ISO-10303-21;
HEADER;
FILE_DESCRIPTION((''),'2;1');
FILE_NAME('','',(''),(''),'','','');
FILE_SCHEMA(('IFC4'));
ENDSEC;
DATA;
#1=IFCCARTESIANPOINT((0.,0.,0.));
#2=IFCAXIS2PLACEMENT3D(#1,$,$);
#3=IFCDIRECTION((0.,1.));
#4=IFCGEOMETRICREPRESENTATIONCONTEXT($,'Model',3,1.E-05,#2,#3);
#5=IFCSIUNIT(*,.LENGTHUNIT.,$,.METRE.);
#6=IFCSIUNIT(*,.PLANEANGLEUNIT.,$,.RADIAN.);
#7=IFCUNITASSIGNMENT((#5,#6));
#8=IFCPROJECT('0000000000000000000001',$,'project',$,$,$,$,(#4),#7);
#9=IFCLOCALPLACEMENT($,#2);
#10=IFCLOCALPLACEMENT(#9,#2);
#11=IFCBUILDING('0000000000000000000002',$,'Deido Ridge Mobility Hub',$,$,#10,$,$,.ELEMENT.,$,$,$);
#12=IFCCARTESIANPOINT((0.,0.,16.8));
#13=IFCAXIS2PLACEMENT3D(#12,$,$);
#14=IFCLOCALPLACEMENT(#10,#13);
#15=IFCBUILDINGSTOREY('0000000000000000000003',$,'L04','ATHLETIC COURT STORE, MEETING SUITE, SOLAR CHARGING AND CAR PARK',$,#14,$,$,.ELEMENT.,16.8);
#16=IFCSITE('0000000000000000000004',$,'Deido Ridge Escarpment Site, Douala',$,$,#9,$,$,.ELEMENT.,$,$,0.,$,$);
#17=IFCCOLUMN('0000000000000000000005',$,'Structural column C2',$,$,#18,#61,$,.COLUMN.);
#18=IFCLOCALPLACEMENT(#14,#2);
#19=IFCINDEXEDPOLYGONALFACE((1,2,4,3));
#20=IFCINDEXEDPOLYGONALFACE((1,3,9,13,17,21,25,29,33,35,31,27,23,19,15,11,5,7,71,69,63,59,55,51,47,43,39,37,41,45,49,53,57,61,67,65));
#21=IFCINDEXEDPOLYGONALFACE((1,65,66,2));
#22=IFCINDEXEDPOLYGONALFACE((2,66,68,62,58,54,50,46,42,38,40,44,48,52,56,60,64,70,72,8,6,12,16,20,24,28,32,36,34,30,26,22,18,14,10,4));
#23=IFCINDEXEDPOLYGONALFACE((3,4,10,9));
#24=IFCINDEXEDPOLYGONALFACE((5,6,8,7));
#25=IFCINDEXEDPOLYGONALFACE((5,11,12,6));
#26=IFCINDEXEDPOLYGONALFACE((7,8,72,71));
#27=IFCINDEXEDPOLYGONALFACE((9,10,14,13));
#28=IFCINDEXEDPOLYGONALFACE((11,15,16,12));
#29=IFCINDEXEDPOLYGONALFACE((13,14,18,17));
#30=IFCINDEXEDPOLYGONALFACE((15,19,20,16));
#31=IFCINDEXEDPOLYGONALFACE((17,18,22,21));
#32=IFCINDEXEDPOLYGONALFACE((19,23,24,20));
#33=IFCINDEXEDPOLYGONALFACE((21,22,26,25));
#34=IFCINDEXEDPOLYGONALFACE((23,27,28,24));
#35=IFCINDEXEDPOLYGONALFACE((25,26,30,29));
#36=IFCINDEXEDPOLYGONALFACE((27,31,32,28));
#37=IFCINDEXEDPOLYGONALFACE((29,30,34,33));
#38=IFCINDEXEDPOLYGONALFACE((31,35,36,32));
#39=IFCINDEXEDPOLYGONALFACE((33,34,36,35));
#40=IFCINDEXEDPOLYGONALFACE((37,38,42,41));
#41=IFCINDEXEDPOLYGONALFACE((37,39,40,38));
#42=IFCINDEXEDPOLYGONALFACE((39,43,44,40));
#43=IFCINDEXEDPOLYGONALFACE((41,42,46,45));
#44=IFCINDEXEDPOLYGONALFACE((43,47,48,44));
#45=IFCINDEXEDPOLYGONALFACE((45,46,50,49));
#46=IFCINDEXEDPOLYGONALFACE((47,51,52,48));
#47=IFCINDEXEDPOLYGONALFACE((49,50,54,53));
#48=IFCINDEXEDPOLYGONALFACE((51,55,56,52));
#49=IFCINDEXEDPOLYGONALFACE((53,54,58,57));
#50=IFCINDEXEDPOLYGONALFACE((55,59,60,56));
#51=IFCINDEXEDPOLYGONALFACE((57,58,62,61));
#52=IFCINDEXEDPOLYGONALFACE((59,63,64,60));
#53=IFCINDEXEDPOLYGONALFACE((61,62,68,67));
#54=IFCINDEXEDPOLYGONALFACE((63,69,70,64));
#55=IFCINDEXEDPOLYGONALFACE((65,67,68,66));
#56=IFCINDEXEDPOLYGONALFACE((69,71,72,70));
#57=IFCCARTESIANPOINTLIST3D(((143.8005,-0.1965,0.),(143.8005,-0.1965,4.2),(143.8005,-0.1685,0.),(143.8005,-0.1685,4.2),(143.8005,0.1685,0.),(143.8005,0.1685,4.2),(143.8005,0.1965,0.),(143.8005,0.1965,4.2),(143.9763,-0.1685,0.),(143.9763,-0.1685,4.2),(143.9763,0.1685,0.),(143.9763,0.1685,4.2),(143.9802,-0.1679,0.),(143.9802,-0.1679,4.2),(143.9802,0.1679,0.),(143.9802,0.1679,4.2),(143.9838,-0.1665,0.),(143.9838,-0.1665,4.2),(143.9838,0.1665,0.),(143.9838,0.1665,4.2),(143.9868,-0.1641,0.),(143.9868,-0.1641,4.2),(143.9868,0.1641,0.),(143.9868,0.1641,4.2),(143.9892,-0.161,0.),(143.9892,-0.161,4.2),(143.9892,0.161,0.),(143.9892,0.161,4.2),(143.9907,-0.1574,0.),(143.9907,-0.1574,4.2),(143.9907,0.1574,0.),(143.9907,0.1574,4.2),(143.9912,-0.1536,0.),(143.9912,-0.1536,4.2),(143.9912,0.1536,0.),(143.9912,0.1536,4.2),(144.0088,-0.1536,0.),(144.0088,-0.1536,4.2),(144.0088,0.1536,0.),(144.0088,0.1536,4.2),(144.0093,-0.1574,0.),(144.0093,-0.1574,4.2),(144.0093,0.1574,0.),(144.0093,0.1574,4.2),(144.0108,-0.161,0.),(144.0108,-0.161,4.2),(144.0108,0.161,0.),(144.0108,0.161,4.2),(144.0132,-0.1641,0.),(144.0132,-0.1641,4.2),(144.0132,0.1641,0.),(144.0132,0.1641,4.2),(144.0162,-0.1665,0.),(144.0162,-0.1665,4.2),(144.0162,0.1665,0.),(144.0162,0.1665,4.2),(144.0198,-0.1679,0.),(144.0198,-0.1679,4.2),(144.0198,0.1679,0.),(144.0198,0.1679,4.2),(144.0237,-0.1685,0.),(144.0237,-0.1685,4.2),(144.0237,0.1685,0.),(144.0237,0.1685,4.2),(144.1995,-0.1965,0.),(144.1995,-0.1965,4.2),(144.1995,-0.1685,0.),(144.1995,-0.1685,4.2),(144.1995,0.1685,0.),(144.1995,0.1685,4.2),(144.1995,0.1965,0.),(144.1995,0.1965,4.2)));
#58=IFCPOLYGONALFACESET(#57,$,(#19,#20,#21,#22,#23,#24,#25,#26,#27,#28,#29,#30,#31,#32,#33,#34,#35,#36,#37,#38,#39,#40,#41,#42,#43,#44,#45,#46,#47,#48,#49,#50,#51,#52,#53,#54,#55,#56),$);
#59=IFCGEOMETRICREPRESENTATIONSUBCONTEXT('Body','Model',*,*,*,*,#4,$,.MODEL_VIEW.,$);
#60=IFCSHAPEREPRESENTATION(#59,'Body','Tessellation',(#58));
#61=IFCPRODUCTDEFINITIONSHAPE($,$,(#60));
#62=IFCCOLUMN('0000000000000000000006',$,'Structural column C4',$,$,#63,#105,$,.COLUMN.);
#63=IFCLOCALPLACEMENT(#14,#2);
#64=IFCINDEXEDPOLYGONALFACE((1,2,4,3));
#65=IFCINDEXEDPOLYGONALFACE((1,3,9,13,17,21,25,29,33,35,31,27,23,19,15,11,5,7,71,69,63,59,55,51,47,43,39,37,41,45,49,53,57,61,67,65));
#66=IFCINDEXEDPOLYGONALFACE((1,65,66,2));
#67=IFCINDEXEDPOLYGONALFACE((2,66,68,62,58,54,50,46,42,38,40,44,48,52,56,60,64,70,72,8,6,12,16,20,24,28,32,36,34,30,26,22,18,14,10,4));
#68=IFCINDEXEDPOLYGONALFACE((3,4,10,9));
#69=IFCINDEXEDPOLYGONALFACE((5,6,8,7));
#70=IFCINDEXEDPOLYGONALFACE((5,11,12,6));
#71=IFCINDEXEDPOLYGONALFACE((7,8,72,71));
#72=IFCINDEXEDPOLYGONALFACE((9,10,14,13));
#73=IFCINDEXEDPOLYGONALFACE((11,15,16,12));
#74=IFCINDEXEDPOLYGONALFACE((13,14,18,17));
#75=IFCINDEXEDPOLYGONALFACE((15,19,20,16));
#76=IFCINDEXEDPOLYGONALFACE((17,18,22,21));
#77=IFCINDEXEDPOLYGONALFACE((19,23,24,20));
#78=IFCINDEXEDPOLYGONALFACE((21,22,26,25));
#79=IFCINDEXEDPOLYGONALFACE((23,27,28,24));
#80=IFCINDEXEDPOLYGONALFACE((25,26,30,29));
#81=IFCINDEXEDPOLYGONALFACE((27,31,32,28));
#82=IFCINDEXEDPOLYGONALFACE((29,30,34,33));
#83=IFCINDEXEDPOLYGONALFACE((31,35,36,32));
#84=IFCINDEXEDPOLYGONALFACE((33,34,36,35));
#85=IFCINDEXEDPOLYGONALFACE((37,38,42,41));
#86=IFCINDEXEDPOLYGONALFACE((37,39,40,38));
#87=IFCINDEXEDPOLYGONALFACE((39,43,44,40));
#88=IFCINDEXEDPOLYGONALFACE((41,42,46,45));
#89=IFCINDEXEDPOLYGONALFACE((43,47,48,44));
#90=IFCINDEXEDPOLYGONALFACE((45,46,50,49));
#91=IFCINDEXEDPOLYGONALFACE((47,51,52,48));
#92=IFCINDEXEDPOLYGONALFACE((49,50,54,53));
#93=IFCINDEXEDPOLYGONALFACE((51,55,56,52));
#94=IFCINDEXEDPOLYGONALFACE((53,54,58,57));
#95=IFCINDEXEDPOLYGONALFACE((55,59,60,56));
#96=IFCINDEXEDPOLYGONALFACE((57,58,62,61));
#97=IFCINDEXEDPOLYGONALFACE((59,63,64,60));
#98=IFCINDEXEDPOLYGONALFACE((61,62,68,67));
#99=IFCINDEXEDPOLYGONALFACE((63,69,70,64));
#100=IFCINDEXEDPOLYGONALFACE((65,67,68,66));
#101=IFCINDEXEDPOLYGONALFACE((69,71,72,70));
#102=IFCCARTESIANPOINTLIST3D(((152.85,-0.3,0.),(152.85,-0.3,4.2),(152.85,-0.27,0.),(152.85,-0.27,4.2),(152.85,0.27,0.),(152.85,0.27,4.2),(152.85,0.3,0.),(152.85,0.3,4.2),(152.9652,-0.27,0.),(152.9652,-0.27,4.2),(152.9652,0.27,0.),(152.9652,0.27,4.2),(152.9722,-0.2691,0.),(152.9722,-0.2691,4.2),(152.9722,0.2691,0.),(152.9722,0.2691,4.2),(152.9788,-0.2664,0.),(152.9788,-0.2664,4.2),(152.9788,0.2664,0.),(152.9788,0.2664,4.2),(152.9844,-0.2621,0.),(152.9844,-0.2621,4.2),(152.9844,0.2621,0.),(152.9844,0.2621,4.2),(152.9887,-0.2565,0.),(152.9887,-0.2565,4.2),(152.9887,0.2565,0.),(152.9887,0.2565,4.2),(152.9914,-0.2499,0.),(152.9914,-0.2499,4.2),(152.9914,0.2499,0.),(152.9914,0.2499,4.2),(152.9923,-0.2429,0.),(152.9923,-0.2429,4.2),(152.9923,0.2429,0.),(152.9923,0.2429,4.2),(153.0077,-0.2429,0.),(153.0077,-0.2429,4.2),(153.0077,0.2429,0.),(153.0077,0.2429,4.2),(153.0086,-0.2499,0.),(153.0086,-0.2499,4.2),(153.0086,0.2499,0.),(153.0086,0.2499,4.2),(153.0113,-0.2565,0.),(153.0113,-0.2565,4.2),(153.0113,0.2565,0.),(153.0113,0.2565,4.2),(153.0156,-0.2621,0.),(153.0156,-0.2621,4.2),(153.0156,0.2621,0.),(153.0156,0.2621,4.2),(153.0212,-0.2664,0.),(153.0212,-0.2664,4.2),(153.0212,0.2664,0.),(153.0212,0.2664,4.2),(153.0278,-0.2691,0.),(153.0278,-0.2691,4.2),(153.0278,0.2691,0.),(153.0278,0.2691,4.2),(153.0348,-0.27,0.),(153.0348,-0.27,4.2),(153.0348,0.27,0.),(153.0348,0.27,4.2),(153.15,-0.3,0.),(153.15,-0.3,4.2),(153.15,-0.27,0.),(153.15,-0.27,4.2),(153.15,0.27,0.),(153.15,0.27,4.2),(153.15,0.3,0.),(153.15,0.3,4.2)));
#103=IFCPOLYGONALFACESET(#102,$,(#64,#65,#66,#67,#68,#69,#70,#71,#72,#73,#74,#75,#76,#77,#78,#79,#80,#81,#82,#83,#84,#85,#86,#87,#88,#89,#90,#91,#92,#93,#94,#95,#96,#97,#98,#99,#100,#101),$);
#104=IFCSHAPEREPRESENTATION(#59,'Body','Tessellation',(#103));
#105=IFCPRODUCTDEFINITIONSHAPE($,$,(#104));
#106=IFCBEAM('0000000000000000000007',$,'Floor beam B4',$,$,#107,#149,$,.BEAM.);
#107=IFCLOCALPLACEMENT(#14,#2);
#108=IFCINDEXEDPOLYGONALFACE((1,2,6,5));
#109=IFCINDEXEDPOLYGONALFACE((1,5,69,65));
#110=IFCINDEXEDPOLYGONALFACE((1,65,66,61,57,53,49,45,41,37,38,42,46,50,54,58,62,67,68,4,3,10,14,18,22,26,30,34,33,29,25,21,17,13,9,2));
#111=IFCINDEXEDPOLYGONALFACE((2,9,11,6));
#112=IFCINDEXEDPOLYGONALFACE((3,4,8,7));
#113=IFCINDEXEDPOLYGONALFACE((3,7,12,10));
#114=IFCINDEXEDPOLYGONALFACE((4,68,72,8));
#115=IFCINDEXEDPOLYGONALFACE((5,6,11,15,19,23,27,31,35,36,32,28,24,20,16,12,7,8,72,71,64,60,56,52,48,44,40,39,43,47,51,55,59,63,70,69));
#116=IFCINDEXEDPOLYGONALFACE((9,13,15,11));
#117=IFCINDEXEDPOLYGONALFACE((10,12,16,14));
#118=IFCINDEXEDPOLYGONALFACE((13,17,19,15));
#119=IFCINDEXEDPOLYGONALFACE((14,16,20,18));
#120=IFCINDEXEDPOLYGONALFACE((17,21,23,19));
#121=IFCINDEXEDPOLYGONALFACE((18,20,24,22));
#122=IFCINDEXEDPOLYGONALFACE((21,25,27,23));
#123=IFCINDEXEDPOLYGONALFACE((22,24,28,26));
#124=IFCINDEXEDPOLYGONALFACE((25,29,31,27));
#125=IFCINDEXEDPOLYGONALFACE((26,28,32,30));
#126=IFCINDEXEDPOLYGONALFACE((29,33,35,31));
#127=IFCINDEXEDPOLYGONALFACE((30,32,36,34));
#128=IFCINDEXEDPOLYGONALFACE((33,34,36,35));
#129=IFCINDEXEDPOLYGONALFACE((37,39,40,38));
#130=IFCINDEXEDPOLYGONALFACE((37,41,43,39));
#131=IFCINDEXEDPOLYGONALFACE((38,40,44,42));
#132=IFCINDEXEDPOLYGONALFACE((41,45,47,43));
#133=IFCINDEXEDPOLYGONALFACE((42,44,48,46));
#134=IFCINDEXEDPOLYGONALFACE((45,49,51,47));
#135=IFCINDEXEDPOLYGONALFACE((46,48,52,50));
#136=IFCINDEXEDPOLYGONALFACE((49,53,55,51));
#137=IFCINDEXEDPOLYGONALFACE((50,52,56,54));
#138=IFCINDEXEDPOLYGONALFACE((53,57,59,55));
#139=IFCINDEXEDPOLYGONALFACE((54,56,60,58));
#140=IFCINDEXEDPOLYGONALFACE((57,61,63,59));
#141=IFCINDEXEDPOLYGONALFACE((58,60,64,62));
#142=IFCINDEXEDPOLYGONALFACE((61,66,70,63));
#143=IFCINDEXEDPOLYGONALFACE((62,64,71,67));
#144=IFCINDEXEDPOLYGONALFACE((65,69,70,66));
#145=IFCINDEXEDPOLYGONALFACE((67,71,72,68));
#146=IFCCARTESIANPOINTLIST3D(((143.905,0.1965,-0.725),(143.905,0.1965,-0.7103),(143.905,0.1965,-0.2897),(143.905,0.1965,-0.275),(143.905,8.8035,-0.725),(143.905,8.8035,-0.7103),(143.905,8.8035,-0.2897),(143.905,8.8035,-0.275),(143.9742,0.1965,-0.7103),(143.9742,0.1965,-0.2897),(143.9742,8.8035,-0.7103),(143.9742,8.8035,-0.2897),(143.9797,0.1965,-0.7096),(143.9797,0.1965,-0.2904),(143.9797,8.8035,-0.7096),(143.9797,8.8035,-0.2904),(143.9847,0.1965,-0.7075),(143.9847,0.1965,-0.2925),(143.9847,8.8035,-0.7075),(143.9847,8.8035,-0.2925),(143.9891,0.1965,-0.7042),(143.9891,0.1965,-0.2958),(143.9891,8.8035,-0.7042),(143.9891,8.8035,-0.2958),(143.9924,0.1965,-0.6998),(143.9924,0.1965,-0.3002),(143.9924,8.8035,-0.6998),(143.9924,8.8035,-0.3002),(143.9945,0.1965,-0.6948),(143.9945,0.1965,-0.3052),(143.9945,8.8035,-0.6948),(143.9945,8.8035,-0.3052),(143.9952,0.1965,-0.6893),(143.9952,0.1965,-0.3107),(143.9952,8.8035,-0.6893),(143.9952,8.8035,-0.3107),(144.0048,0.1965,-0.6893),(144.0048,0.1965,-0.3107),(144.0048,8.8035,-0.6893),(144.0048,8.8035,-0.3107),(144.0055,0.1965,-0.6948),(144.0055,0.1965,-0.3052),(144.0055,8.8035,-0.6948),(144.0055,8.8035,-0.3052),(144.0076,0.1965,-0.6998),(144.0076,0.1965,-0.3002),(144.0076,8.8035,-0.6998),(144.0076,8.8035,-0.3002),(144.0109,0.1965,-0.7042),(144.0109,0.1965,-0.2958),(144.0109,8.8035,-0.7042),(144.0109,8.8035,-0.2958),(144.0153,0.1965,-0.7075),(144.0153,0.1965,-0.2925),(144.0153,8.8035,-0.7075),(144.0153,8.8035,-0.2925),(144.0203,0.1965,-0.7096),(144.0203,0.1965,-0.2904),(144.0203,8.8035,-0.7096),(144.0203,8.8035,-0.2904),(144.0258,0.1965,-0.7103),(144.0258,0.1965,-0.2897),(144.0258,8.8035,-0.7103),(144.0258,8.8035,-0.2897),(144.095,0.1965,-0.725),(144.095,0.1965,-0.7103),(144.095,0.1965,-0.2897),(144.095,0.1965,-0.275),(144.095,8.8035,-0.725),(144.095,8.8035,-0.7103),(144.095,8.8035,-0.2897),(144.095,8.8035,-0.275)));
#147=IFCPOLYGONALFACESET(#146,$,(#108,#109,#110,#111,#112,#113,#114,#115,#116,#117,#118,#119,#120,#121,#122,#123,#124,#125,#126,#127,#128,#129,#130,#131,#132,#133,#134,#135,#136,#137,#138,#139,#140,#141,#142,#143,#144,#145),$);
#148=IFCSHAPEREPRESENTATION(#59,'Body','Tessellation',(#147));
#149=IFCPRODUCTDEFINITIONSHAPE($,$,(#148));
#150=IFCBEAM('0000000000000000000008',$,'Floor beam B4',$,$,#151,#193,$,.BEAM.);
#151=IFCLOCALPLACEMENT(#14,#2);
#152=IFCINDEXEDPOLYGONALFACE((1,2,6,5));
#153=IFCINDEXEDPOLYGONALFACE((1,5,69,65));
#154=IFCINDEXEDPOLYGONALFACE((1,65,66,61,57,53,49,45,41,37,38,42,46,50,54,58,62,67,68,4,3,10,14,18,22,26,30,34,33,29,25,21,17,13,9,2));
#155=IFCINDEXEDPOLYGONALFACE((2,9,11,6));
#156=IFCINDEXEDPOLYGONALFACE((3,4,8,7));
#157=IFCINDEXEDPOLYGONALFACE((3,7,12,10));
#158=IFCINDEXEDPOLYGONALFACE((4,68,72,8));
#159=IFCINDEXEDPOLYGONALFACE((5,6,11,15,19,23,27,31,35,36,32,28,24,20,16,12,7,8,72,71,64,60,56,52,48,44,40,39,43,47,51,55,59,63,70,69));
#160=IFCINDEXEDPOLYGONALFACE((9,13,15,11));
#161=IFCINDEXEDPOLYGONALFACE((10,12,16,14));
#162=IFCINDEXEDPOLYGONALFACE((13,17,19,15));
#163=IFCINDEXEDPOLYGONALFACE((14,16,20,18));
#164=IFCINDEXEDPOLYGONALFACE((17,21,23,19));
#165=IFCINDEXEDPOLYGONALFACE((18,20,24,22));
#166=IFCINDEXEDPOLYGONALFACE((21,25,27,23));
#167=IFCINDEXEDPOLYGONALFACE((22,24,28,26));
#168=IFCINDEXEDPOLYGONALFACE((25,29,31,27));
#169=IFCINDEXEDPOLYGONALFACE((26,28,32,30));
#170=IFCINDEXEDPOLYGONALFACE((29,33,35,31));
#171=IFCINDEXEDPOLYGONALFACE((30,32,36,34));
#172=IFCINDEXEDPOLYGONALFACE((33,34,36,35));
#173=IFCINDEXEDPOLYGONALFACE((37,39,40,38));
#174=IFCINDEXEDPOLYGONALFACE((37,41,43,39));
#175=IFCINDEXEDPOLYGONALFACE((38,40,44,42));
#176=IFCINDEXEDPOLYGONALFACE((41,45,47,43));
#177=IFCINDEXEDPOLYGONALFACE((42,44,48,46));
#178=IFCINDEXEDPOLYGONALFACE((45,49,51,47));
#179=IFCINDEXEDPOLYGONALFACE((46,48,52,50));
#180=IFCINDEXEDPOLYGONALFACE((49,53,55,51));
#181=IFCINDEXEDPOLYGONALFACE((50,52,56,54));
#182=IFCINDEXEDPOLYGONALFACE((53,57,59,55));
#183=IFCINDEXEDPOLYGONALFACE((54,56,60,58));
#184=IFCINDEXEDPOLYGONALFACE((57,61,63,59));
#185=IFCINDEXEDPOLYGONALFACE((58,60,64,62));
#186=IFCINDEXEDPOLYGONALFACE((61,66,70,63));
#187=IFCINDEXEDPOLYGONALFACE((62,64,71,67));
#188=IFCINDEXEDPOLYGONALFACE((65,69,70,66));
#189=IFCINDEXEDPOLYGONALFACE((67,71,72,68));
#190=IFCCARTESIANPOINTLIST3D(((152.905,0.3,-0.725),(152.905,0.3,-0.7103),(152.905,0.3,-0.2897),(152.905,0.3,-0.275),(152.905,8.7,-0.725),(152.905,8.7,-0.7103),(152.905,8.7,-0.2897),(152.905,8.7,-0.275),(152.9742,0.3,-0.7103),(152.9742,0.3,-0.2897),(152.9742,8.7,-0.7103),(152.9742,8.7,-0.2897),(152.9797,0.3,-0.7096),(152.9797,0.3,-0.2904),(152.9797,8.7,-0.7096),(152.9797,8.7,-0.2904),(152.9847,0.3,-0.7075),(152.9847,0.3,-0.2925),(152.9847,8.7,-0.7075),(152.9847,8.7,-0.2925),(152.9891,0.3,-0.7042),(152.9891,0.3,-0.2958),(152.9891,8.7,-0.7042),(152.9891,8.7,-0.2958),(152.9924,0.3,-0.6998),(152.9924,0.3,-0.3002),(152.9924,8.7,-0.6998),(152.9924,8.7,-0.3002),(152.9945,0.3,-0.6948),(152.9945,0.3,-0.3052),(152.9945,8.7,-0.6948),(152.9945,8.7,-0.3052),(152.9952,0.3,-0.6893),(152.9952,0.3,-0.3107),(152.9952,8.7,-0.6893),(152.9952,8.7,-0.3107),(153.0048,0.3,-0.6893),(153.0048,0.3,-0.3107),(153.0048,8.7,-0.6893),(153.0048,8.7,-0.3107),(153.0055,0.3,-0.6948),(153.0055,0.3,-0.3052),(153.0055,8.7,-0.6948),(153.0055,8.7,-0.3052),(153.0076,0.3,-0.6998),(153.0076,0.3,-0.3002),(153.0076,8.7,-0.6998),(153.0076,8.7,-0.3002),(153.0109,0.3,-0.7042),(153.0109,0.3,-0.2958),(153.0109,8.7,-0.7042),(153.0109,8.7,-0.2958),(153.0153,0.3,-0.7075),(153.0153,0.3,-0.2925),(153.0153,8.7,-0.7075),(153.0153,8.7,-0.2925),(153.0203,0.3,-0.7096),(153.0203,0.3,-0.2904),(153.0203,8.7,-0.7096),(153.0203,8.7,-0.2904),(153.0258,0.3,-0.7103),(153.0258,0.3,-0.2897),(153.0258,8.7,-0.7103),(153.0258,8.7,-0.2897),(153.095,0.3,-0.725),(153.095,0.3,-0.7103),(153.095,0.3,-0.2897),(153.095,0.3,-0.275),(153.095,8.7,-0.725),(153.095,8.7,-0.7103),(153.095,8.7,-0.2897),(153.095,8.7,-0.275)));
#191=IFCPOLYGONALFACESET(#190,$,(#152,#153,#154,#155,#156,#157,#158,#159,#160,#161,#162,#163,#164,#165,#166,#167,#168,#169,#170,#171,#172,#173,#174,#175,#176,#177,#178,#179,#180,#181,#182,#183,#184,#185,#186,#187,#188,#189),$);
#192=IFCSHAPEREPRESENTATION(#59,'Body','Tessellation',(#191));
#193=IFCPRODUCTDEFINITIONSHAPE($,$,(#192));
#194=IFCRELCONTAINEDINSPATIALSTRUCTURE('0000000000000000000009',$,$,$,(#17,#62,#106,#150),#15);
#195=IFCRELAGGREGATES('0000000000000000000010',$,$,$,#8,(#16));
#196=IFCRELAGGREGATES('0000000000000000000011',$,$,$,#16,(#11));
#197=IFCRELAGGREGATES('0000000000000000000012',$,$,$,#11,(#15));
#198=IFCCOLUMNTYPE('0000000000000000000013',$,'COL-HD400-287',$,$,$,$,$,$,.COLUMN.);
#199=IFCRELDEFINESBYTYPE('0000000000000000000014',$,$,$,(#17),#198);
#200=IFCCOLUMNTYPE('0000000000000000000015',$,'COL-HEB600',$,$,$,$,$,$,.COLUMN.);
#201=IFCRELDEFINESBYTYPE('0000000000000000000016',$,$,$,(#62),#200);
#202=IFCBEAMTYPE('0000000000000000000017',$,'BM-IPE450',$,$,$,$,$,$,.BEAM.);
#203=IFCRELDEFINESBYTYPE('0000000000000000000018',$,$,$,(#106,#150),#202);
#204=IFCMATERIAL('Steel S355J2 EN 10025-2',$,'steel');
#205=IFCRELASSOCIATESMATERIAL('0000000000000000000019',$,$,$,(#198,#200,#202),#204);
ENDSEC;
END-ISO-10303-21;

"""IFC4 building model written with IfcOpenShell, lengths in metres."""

from ifc_helpers import new_model, si_unit, direction, frame, origin, origin_2d, place, context, subcontext, project, spatial, i_section, extrude, material, material_profile, profile_set, type_object, element, save


model = new_model("IFC4")

# Units and contexts
model_context = context("Model", 3, precision=1e-05, world=origin(), true_north=direction((0.0, 1.0)))
body_context = subcontext(model_context, "Body", "Model", "MODEL_VIEW")
ifc_project = project(units=[si_unit("LENGTHUNIT", "METRE"), si_unit("PLANEANGLEUNIT", "RADIAN")], contexts=[model_context])

# Site, building, storey
site_placement = place(None, origin())
site = spatial("IfcSite", under=ifc_project, at=site_placement, Name="Deido Ridge Escarpment Site, Douala", CompositionType="ELEMENT", RefElevation=0.0)
building_placement = place(site_placement, origin())
building = spatial("IfcBuilding", under=site, at=building_placement, Name="Deido Ridge Mobility Hub", CompositionType="ELEMENT")
storey_placement = place(building_placement, frame((0.0, 0.0, 16.8)))
storey = spatial("IfcBuildingStorey", under=building, at=storey_placement, Name="L04", Description="ATHLETIC COURT STORE, MEETING SUITE, SOLAR CHARGING AND CAR PARK", CompositionType="ELEMENT", Elevation=16.8)

# Columns
ifc_material_1 = material(Name="Steel S355J2 EN 10025-2", Category="steel")
ifc_material_profile_1 = material_profile(ifc_material_1, i_section(OverallWidth=0.3989, OverallDepth=0.3931, WebThickness=0.0176, FlangeThickness=0.0281, FilletRadius=0.0149, at=origin_2d()), Name="HD 400x287")
ifc_profile_set_1 = profile_set([ifc_material_profile_1], Name="Steel S355J2 EN 10025-2")
column_type_1 = type_object("IfcColumnType", Name="COL-HD400-287", PredefinedType="COLUMN", material=ifc_profile_set_1)
column_1_placement = place(storey_placement, frame((144.0, 0.0, 0.0), z_axis=(0.0, 0.0, 1.0), x_axis=(1.0, 0.0, 0.0)))
element("IfcColumn", 1, at=column_1_placement, inside=storey, type_object=column_type_1, Name="Structural column C2", PredefinedType="COLUMN", context=body_context, shape_type="SweptSolid", body=[
    extrude(i_section(OverallWidth=0.3989, OverallDepth=0.3931, WebThickness=0.0176, FlangeThickness=0.0281, FilletRadius=0.0149, at=origin_2d()), origin(), (0.0, 0.0, 1.0), 4.2),
])
ifc_material_profile_2 = material_profile(ifc_material_1, i_section(OverallWidth=0.3, OverallDepth=0.6001, WebThickness=0.0154, FlangeThickness=0.03, FilletRadius=0.0271, at=origin_2d()), Name="HEB 600")
ifc_profile_set_2 = profile_set([ifc_material_profile_2], Name="Steel S355J2 EN 10025-2")
column_type_2 = type_object("IfcColumnType", Name="COL-HEB600", PredefinedType="COLUMN", material=ifc_profile_set_2)
column_2_placement = place(storey_placement, frame((153.0, 0.0, 0.0), z_axis=(0.0, 0.0, 1.0), x_axis=(1.0, 0.0, 0.0)))
element("IfcColumn", 2, at=column_2_placement, inside=storey, type_object=column_type_2, Name="Structural column C4", PredefinedType="COLUMN", context=body_context, shape_type="SweptSolid", body=[
    extrude(i_section(OverallWidth=0.3, OverallDepth=0.6001, WebThickness=0.0154, FlangeThickness=0.03, FilletRadius=0.0271, at=origin_2d()), origin(), (0.0, 0.0, 1.0), 4.2),
])

# Beams
ifc_material_profile_3 = material_profile(ifc_material_1, i_section(OverallWidth=0.1899, OverallDepth=0.45, WebThickness=0.0095, FlangeThickness=0.0146, FilletRadius=0.021, at=origin_2d()), Name="IPE 450")
ifc_profile_set_3 = profile_set([ifc_material_profile_3], Name="Steel S355J2 EN 10025-2")
beam_type_1 = type_object("IfcBeamType", Name="BM-IPE450", PredefinedType="BEAM", material=ifc_profile_set_3)
beam_1_placement = place(storey_placement, frame((144.0, 0.1965, -0.5), z_axis=(0.0, 1.0, 0.0), x_axis=(-1.0, 0.0, 0.0)))
element("IfcBeam", 3, at=beam_1_placement, inside=storey, type_object=beam_type_1, Name="Floor beam B4", PredefinedType="BEAM", context=body_context, shape_type="SweptSolid", body=[
    extrude(i_section(OverallWidth=0.1899, OverallDepth=0.45, WebThickness=0.0095, FlangeThickness=0.0146, FilletRadius=0.021, at=origin_2d()), origin(), (0.0, 0.0, 1.0), 8.6069),
])
beam_2_placement = place(storey_placement, frame((153.0, 0.3, -0.5), z_axis=(0.0, 1.0, 0.0), x_axis=(-1.0, 0.0, 0.0)))
element("IfcBeam", 4, at=beam_2_placement, inside=storey, type_object=beam_type_1, Name="Floor beam B4", PredefinedType="BEAM", context=body_context, shape_type="SweptSolid", body=[
    extrude(i_section(OverallWidth=0.1899, OverallDepth=0.45, WebThickness=0.0095, FlangeThickness=0.0146, FilletRadius=0.021, at=origin_2d()), origin(), (0.0, 0.0, 1.0), 8.3999),
])

save(model, "model.ifc")
